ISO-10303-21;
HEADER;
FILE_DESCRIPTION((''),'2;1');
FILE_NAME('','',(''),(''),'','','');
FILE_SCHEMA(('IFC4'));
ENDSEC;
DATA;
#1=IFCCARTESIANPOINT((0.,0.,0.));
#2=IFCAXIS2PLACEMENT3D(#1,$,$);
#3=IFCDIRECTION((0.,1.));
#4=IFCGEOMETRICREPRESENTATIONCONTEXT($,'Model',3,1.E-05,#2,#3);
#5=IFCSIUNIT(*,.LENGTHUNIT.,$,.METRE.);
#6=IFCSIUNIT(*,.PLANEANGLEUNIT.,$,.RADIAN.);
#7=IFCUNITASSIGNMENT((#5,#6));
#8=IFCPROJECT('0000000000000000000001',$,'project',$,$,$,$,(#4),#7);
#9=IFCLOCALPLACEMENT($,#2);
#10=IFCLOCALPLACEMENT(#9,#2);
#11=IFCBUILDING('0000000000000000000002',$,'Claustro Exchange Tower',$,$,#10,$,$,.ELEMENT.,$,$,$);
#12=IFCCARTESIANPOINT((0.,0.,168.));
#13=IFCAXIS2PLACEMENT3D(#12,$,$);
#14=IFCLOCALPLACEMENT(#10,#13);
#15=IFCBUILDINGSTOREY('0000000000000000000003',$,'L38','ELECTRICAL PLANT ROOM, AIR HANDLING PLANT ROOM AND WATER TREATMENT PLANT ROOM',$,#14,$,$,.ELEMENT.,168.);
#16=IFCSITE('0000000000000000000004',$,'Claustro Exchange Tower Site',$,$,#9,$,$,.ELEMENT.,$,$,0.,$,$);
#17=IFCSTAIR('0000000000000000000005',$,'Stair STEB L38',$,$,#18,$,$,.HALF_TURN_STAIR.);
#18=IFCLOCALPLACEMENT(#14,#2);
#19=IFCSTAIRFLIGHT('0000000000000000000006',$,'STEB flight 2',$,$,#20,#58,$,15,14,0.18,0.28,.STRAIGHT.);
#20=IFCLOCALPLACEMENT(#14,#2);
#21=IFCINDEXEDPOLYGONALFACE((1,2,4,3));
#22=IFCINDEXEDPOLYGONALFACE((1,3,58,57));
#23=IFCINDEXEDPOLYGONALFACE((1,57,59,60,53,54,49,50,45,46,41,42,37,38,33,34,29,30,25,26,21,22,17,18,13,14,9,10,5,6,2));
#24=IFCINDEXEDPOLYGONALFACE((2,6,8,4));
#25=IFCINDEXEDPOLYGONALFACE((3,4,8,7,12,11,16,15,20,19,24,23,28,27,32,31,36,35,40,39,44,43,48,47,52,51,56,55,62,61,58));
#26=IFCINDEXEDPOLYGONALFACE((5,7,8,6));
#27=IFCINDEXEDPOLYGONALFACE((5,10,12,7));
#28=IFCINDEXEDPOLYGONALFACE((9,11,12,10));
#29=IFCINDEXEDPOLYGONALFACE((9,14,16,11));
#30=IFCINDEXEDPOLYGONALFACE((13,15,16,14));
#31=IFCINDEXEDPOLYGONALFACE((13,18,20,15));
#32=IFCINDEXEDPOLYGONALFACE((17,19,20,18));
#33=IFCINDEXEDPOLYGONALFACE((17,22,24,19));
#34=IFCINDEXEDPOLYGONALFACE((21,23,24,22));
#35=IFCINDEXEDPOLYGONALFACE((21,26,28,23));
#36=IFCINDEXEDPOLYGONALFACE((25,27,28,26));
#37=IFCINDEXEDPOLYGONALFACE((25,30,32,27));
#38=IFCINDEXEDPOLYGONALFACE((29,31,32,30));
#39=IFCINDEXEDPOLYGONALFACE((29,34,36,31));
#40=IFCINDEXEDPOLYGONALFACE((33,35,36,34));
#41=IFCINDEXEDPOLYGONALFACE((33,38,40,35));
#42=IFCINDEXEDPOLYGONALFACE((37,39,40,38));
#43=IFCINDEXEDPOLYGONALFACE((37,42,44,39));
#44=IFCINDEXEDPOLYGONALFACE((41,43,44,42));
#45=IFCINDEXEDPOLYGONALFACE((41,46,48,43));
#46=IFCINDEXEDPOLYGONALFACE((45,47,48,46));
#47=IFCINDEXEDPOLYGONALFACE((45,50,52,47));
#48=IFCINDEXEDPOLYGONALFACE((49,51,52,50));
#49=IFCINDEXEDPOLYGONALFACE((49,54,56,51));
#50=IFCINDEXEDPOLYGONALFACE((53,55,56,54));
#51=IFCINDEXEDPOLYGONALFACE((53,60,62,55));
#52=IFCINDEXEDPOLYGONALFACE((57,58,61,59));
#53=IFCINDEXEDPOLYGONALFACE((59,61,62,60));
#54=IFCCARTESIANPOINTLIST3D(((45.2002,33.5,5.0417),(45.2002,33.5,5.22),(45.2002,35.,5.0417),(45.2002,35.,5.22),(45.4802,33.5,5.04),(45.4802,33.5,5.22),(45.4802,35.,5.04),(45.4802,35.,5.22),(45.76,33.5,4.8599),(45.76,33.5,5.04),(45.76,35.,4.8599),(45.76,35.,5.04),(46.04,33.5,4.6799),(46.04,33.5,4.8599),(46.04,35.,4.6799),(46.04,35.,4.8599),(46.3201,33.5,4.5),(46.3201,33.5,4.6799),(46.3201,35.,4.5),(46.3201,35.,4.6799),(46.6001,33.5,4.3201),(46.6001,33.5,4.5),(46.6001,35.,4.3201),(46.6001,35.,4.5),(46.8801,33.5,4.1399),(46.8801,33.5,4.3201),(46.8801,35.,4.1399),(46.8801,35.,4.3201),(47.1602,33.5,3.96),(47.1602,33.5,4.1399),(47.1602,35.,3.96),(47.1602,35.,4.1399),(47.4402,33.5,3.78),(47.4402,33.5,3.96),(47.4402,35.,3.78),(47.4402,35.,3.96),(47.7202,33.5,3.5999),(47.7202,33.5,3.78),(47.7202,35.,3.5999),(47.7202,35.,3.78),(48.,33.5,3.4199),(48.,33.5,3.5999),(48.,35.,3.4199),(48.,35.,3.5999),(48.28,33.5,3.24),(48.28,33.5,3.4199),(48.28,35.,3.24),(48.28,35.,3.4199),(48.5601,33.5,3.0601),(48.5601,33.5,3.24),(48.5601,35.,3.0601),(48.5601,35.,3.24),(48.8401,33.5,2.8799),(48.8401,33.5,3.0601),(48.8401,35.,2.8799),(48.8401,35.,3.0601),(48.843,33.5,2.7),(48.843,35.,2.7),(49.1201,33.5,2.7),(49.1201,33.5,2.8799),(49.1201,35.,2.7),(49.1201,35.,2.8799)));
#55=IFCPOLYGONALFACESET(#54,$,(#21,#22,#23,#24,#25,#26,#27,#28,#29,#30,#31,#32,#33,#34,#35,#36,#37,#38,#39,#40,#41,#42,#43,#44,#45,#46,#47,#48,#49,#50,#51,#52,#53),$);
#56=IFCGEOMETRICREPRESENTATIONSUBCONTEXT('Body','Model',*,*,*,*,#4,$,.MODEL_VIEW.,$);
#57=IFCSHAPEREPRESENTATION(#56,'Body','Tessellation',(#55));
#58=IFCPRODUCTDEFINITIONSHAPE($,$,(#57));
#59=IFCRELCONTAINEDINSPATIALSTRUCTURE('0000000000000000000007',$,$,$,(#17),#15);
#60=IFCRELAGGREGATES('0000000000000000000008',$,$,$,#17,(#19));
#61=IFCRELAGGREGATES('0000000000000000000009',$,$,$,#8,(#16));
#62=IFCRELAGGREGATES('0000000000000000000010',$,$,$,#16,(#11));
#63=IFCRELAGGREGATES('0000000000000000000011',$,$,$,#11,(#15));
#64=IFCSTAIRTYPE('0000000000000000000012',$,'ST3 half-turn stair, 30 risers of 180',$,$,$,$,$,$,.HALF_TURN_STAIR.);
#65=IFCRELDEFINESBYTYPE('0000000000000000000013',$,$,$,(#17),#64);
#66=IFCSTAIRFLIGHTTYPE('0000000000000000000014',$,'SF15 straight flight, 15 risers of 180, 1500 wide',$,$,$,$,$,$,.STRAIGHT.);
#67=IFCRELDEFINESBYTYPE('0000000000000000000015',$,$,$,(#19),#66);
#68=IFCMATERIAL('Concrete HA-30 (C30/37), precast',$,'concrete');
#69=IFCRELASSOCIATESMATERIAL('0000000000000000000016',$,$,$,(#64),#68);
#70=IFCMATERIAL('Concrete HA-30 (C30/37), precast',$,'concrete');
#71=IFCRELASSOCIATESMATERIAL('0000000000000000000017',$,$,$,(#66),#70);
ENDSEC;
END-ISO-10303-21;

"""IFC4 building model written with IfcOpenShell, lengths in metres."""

from ifc_helpers import new_model, si_unit, direction, frame, origin, place, context, subcontext, project, spatial, polyline, outline, extrude, material, type_object, element, aggregate, save


model = new_model("IFC4")

# Units and contexts
model_context = context("Model", 3, precision=1e-05, world=origin(), true_north=direction((0.0, 1.0)))
body_context = subcontext(model_context, "Body", "Model", "MODEL_VIEW")
ifc_project = project(units=[si_unit("LENGTHUNIT", "METRE"), si_unit("PLANEANGLEUNIT", "RADIAN")], contexts=[model_context])

# Site, building, storey
site_placement = place(None, origin())
site = spatial("IfcSite", under=ifc_project, at=site_placement, Name="Claustro Exchange Tower Site", CompositionType="ELEMENT", RefElevation=0.0)
building_placement = place(site_placement, origin())
building = spatial("IfcBuilding", under=site, at=building_placement, Name="Claustro Exchange Tower", CompositionType="ELEMENT")
storey_placement = place(building_placement, frame((0.0, 0.0, 168.0)))
storey = spatial("IfcBuildingStorey", under=building, at=storey_placement, Name="L38", Description="ELECTRICAL PLANT ROOM, AIR HANDLING PLANT ROOM AND WATER TREATMENT PLANT ROOM", CompositionType="ELEMENT", Elevation=168.0)

# Stair, stair flight
ifc_material_1 = material(Name="Concrete HA-30 (C30/37), precast", Category="concrete")
stair_type = type_object("IfcStairType", Name="ST3 half-turn stair, 30 risers of 180", PredefinedType="HALF_TURN_STAIR", material=ifc_material_1)
stair_placement = place(storey_placement, origin())
stair = element("IfcStair", 1, at=stair_placement, inside=storey, type_object=stair_type, Name="Stair STEB L38", PredefinedType="HALF_TURN_STAIR")
ifc_material_2 = material(Name="Concrete HA-30 (C30/37), precast", Category="concrete")
stair_flight_type = type_object("IfcStairFlightType", Name="SF15 straight flight, 15 risers of 180, 1500 wide", PredefinedType="STRAIGHT", material=ifc_material_2)
stair_flight_1_placement = place(storey_placement, frame((49.1201, 34.25, 2.7), z_axis=(0.0, 0.0, 1.0), x_axis=(-1.0, 0.0, 0.0)))
stair_flight_1 = element("IfcStairFlight", 2, at=stair_flight_1_placement, type_object=stair_flight_type, Name="STEB flight 2", NumberOfRisers=15, NumberOfTreads=14, PredefinedType="STRAIGHT", RiserHeight=0.18, TreadLength=0.28, context=body_context, shape_type="SweptSolid", body=[
    extrude(outline(polyline([(0.0, 0.0), (0.0, 0.1799), (0.28, 0.1799), (0.28, 0.3601), (0.5601, 0.3601), (0.5601, 0.54), (0.8401, 0.54), (0.8401, 0.72), (1.1201, 0.72), (1.1201, 0.8999), (1.3999, 0.8999), (1.3999, 1.0801), (1.6799, 1.0801), (1.6799, 1.26), (1.96, 1.26), (1.96, 1.4399), (2.24, 1.4399), (2.24, 1.6201), (2.52, 1.6201), (2.52, 1.8), (2.8, 1.8), (2.8, 1.98), (3.0801, 1.98), (3.0801, 2.1599), (3.3601, 2.1599), (3.3601, 2.3401), (3.6399, 2.3401), (3.6399, 2.52), (3.9199, 2.52), (3.9199, 2.7), (3.9199, 2.3418), (0.2771, 0.0), (0.0, 0.0)])), frame((0.0, 0.75, 0.0), z_axis=(0.0, -1.0, 0.0), x_axis=(1.0, 0.0, 0.0)), (0.0, 0.0, 1.0), 1.5),
])
aggregate(stair, [stair_flight_1])

save(model, "model.ifc")
